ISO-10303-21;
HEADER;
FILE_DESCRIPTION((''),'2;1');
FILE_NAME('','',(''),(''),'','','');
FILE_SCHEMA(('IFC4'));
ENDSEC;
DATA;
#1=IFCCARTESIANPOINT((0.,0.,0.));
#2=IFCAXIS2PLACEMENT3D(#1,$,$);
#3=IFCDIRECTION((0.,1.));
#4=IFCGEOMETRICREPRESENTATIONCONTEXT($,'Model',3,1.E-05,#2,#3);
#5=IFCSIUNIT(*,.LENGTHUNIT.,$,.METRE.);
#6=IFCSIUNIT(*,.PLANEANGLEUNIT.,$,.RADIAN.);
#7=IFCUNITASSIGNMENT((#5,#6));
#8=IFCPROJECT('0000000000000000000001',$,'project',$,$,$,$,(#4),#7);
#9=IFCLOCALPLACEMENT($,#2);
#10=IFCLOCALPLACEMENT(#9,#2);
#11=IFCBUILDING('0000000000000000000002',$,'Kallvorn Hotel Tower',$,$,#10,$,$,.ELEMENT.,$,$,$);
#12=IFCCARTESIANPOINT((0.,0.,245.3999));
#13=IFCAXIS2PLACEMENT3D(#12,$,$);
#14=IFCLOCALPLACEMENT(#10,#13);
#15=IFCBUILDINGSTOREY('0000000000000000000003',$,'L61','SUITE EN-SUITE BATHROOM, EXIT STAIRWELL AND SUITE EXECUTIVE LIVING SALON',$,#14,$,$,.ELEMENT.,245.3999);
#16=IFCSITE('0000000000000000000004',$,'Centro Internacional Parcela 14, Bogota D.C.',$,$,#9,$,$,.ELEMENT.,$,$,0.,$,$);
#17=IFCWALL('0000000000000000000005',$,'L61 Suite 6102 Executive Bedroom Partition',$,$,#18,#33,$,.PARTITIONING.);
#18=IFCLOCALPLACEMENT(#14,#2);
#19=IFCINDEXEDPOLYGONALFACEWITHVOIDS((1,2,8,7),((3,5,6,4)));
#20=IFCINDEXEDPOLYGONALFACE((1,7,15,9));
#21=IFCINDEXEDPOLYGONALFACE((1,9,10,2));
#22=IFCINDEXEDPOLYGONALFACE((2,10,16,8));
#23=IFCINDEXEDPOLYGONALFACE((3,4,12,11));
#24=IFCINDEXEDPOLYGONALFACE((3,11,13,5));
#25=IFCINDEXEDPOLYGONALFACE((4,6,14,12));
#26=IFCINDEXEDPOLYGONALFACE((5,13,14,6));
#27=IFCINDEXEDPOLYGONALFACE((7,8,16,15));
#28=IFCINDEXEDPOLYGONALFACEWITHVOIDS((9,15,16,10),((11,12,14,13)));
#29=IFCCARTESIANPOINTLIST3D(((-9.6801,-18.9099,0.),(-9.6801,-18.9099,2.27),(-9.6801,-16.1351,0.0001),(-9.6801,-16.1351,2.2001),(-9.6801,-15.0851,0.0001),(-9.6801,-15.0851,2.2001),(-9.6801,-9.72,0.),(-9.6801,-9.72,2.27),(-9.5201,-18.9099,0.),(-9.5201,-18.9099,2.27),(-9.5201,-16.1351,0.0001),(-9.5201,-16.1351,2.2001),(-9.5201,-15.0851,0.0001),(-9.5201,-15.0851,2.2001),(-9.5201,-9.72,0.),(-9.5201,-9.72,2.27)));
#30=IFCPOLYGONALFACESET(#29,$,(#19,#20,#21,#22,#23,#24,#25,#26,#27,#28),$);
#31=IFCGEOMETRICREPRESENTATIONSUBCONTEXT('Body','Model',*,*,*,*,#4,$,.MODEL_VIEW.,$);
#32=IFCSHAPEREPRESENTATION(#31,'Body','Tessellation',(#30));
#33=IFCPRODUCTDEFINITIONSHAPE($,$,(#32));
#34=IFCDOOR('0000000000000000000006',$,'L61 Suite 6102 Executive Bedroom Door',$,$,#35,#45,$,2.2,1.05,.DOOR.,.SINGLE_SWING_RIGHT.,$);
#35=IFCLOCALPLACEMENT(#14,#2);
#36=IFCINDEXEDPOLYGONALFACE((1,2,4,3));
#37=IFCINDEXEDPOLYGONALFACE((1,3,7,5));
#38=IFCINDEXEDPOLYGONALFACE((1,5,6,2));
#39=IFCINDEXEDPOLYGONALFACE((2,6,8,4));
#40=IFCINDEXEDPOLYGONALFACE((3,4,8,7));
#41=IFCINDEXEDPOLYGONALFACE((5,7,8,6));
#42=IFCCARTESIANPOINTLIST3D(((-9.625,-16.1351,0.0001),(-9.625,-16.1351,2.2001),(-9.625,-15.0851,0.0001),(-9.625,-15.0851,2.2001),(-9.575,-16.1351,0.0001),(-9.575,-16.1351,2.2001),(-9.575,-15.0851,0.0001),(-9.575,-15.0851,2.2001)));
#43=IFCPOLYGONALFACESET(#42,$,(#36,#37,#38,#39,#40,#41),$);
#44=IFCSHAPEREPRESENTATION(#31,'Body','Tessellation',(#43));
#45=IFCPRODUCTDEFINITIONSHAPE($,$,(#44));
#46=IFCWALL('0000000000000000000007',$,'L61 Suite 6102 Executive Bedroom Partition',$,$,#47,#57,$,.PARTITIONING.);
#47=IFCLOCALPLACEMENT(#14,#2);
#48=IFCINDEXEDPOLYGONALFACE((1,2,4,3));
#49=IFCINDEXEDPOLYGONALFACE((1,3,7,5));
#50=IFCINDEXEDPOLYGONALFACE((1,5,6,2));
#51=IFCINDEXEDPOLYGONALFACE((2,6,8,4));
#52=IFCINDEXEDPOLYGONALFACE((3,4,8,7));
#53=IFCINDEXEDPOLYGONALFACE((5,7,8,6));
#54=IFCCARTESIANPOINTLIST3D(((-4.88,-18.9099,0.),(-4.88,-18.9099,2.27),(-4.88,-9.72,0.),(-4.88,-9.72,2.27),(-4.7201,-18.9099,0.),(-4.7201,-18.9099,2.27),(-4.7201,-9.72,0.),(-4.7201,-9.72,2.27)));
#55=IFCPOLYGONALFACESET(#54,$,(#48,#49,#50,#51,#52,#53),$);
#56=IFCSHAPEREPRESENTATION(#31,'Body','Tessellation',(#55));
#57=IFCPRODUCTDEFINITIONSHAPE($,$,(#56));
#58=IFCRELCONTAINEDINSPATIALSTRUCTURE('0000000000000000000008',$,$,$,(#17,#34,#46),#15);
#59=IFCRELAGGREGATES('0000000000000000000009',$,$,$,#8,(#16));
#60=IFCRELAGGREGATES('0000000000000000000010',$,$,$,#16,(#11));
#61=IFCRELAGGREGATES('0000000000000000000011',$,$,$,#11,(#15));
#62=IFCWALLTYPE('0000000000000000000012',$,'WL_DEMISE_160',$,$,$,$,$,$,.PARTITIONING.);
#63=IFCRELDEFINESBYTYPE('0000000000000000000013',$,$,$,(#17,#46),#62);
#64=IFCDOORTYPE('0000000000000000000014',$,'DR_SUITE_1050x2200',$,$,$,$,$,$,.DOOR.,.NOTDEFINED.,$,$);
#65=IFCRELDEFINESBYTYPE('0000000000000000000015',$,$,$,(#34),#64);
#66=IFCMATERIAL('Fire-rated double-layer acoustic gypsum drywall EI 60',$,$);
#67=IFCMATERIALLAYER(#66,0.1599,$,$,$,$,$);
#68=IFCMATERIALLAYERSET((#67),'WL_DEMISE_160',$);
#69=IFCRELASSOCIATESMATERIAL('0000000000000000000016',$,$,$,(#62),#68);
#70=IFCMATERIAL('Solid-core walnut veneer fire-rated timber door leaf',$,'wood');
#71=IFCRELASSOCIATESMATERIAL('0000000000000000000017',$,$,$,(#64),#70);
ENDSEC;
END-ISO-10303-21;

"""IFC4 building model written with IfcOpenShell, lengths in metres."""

from ifc_helpers import new_model, si_unit, direction, frame, frame_2d, origin, place, context, subcontext, project, spatial, rectangle, extrude, material, layer, layer_set, type_object, element, fill, save


model = new_model("IFC4")

# Units and contexts
model_context = context("Model", 3, precision=1e-05, world=origin(), true_north=direction((0.0, 1.0)))
body_context = subcontext(model_context, "Body", "Model", "MODEL_VIEW")
ifc_project = project(units=[si_unit("LENGTHUNIT", "METRE"), si_unit("PLANEANGLEUNIT", "RADIAN")], contexts=[model_context])

# Site, building, storey
site_placement = place(None, origin())
site = spatial("IfcSite", under=ifc_project, at=site_placement, Name="Centro Internacional Parcela 14, Bogota D.C.", CompositionType="ELEMENT", RefElevation=0.0)
building_placement = place(site_placement, origin())
building = spatial("IfcBuilding", under=site, at=building_placement, Name="Kallvorn Hotel Tower", CompositionType="ELEMENT")
storey_placement = place(building_placement, frame((0.0, 0.0, 245.3999)))
storey = spatial("IfcBuildingStorey", under=building, at=storey_placement, Name="L61", Description="SUITE EN-SUITE BATHROOM, EXIT STAIRWELL AND SUITE EXECUTIVE LIVING SALON", CompositionType="ELEMENT", Elevation=245.3999)

# Shared definitions
ifc_material_1 = material(Name="Fire-rated double-layer acoustic gypsum drywall EI 60")
ifc_layer_1 = layer(ifc_material_1, 0.1599)
ifc_layer_set_1 = layer_set([ifc_layer_1], Name="WL_DEMISE_160")
wall_type = type_object("IfcWallType", Name="WL_DEMISE_160", PredefinedType="PARTITIONING", material=ifc_layer_set_1)

# Wall, opening, door
wall_1_placement = place(storey_placement, frame((-9.6001, -18.9099, 0.0), z_axis=(0.0, 0.0, 1.0), x_axis=(0.0, 1.0, 0.0)))
wall_1 = element("IfcWall", 1, at=wall_1_placement, inside=storey, type_object=wall_type, Name="L61 Suite 6102 Executive Bedroom Partition", PredefinedType="PARTITIONING", context=body_context, shape_type="SweptSolid", body=[
    extrude(rectangle(XDim=9.1899, YDim=0.1599, at=frame_2d((4.595, 0.0))), origin(), (0.0, 0.0, 1.0), 2.27),
])
opening_1_placement = place(wall_1_placement, frame((2.7749, 0.0, 0.0)))
opening_1 = element("IfcOpeningElement", 2, at=opening_1_placement, cuts=wall_1, PredefinedType="OPENING", context=body_context, shape_type="SweptSolid", body=[
    extrude(rectangle(XDim=1.05, YDim=2.2, at=frame_2d((0.5249, 1.1001))), frame((0.0, 0.095, 0.0), z_axis=(0.0, -1.0, 0.0), x_axis=(1.0, 0.0, 0.0)), (0.0, 0.0, 1.0), 0.1899),
])
ifc_material_2 = material(Name="Solid-core walnut veneer fire-rated timber door leaf", Category="wood")
door_type_1 = type_object("IfcDoorType", Name="DR_SUITE_1050x2200", OperationType="NOTDEFINED", PredefinedType="DOOR", material=ifc_material_2)
door_1_placement = place(opening_1_placement, origin())
door_1 = element("IfcDoor", 3, at=door_1_placement, inside=storey, type_object=door_type_1, Name="L61 Suite 6102 Executive Bedroom Door", OperationType="SINGLE_SWING_RIGHT", OverallHeight=2.2, OverallWidth=1.05, PredefinedType="DOOR", context=body_context, shape_type="SweptSolid", body=[
    extrude(rectangle(XDim=1.05, YDim=2.2, at=frame_2d((0.5249, 1.1001))), frame((0.0, 0.0249, 0.0), z_axis=(0.0, -1.0, 0.0), x_axis=(1.0, 0.0, 0.0)), (0.0, 0.0, 1.0), 0.05),
])
fill(opening_1, door_1)

# Wall
wall_2_placement = place(storey_placement, frame((-4.8, -18.9099, 0.0), z_axis=(0.0, 0.0, 1.0), x_axis=(0.0, 1.0, 0.0)))
element("IfcWall", 4, at=wall_2_placement, inside=storey, type_object=wall_type, Name="L61 Suite 6102 Executive Bedroom Partition", PredefinedType="PARTITIONING", context=body_context, shape_type="SweptSolid", body=[
    extrude(rectangle(XDim=9.1899, YDim=0.1599, at=frame_2d((4.595, 0.0))), origin(), (0.0, 0.0, 1.0), 2.27),
])

save(model, "model.ifc")
